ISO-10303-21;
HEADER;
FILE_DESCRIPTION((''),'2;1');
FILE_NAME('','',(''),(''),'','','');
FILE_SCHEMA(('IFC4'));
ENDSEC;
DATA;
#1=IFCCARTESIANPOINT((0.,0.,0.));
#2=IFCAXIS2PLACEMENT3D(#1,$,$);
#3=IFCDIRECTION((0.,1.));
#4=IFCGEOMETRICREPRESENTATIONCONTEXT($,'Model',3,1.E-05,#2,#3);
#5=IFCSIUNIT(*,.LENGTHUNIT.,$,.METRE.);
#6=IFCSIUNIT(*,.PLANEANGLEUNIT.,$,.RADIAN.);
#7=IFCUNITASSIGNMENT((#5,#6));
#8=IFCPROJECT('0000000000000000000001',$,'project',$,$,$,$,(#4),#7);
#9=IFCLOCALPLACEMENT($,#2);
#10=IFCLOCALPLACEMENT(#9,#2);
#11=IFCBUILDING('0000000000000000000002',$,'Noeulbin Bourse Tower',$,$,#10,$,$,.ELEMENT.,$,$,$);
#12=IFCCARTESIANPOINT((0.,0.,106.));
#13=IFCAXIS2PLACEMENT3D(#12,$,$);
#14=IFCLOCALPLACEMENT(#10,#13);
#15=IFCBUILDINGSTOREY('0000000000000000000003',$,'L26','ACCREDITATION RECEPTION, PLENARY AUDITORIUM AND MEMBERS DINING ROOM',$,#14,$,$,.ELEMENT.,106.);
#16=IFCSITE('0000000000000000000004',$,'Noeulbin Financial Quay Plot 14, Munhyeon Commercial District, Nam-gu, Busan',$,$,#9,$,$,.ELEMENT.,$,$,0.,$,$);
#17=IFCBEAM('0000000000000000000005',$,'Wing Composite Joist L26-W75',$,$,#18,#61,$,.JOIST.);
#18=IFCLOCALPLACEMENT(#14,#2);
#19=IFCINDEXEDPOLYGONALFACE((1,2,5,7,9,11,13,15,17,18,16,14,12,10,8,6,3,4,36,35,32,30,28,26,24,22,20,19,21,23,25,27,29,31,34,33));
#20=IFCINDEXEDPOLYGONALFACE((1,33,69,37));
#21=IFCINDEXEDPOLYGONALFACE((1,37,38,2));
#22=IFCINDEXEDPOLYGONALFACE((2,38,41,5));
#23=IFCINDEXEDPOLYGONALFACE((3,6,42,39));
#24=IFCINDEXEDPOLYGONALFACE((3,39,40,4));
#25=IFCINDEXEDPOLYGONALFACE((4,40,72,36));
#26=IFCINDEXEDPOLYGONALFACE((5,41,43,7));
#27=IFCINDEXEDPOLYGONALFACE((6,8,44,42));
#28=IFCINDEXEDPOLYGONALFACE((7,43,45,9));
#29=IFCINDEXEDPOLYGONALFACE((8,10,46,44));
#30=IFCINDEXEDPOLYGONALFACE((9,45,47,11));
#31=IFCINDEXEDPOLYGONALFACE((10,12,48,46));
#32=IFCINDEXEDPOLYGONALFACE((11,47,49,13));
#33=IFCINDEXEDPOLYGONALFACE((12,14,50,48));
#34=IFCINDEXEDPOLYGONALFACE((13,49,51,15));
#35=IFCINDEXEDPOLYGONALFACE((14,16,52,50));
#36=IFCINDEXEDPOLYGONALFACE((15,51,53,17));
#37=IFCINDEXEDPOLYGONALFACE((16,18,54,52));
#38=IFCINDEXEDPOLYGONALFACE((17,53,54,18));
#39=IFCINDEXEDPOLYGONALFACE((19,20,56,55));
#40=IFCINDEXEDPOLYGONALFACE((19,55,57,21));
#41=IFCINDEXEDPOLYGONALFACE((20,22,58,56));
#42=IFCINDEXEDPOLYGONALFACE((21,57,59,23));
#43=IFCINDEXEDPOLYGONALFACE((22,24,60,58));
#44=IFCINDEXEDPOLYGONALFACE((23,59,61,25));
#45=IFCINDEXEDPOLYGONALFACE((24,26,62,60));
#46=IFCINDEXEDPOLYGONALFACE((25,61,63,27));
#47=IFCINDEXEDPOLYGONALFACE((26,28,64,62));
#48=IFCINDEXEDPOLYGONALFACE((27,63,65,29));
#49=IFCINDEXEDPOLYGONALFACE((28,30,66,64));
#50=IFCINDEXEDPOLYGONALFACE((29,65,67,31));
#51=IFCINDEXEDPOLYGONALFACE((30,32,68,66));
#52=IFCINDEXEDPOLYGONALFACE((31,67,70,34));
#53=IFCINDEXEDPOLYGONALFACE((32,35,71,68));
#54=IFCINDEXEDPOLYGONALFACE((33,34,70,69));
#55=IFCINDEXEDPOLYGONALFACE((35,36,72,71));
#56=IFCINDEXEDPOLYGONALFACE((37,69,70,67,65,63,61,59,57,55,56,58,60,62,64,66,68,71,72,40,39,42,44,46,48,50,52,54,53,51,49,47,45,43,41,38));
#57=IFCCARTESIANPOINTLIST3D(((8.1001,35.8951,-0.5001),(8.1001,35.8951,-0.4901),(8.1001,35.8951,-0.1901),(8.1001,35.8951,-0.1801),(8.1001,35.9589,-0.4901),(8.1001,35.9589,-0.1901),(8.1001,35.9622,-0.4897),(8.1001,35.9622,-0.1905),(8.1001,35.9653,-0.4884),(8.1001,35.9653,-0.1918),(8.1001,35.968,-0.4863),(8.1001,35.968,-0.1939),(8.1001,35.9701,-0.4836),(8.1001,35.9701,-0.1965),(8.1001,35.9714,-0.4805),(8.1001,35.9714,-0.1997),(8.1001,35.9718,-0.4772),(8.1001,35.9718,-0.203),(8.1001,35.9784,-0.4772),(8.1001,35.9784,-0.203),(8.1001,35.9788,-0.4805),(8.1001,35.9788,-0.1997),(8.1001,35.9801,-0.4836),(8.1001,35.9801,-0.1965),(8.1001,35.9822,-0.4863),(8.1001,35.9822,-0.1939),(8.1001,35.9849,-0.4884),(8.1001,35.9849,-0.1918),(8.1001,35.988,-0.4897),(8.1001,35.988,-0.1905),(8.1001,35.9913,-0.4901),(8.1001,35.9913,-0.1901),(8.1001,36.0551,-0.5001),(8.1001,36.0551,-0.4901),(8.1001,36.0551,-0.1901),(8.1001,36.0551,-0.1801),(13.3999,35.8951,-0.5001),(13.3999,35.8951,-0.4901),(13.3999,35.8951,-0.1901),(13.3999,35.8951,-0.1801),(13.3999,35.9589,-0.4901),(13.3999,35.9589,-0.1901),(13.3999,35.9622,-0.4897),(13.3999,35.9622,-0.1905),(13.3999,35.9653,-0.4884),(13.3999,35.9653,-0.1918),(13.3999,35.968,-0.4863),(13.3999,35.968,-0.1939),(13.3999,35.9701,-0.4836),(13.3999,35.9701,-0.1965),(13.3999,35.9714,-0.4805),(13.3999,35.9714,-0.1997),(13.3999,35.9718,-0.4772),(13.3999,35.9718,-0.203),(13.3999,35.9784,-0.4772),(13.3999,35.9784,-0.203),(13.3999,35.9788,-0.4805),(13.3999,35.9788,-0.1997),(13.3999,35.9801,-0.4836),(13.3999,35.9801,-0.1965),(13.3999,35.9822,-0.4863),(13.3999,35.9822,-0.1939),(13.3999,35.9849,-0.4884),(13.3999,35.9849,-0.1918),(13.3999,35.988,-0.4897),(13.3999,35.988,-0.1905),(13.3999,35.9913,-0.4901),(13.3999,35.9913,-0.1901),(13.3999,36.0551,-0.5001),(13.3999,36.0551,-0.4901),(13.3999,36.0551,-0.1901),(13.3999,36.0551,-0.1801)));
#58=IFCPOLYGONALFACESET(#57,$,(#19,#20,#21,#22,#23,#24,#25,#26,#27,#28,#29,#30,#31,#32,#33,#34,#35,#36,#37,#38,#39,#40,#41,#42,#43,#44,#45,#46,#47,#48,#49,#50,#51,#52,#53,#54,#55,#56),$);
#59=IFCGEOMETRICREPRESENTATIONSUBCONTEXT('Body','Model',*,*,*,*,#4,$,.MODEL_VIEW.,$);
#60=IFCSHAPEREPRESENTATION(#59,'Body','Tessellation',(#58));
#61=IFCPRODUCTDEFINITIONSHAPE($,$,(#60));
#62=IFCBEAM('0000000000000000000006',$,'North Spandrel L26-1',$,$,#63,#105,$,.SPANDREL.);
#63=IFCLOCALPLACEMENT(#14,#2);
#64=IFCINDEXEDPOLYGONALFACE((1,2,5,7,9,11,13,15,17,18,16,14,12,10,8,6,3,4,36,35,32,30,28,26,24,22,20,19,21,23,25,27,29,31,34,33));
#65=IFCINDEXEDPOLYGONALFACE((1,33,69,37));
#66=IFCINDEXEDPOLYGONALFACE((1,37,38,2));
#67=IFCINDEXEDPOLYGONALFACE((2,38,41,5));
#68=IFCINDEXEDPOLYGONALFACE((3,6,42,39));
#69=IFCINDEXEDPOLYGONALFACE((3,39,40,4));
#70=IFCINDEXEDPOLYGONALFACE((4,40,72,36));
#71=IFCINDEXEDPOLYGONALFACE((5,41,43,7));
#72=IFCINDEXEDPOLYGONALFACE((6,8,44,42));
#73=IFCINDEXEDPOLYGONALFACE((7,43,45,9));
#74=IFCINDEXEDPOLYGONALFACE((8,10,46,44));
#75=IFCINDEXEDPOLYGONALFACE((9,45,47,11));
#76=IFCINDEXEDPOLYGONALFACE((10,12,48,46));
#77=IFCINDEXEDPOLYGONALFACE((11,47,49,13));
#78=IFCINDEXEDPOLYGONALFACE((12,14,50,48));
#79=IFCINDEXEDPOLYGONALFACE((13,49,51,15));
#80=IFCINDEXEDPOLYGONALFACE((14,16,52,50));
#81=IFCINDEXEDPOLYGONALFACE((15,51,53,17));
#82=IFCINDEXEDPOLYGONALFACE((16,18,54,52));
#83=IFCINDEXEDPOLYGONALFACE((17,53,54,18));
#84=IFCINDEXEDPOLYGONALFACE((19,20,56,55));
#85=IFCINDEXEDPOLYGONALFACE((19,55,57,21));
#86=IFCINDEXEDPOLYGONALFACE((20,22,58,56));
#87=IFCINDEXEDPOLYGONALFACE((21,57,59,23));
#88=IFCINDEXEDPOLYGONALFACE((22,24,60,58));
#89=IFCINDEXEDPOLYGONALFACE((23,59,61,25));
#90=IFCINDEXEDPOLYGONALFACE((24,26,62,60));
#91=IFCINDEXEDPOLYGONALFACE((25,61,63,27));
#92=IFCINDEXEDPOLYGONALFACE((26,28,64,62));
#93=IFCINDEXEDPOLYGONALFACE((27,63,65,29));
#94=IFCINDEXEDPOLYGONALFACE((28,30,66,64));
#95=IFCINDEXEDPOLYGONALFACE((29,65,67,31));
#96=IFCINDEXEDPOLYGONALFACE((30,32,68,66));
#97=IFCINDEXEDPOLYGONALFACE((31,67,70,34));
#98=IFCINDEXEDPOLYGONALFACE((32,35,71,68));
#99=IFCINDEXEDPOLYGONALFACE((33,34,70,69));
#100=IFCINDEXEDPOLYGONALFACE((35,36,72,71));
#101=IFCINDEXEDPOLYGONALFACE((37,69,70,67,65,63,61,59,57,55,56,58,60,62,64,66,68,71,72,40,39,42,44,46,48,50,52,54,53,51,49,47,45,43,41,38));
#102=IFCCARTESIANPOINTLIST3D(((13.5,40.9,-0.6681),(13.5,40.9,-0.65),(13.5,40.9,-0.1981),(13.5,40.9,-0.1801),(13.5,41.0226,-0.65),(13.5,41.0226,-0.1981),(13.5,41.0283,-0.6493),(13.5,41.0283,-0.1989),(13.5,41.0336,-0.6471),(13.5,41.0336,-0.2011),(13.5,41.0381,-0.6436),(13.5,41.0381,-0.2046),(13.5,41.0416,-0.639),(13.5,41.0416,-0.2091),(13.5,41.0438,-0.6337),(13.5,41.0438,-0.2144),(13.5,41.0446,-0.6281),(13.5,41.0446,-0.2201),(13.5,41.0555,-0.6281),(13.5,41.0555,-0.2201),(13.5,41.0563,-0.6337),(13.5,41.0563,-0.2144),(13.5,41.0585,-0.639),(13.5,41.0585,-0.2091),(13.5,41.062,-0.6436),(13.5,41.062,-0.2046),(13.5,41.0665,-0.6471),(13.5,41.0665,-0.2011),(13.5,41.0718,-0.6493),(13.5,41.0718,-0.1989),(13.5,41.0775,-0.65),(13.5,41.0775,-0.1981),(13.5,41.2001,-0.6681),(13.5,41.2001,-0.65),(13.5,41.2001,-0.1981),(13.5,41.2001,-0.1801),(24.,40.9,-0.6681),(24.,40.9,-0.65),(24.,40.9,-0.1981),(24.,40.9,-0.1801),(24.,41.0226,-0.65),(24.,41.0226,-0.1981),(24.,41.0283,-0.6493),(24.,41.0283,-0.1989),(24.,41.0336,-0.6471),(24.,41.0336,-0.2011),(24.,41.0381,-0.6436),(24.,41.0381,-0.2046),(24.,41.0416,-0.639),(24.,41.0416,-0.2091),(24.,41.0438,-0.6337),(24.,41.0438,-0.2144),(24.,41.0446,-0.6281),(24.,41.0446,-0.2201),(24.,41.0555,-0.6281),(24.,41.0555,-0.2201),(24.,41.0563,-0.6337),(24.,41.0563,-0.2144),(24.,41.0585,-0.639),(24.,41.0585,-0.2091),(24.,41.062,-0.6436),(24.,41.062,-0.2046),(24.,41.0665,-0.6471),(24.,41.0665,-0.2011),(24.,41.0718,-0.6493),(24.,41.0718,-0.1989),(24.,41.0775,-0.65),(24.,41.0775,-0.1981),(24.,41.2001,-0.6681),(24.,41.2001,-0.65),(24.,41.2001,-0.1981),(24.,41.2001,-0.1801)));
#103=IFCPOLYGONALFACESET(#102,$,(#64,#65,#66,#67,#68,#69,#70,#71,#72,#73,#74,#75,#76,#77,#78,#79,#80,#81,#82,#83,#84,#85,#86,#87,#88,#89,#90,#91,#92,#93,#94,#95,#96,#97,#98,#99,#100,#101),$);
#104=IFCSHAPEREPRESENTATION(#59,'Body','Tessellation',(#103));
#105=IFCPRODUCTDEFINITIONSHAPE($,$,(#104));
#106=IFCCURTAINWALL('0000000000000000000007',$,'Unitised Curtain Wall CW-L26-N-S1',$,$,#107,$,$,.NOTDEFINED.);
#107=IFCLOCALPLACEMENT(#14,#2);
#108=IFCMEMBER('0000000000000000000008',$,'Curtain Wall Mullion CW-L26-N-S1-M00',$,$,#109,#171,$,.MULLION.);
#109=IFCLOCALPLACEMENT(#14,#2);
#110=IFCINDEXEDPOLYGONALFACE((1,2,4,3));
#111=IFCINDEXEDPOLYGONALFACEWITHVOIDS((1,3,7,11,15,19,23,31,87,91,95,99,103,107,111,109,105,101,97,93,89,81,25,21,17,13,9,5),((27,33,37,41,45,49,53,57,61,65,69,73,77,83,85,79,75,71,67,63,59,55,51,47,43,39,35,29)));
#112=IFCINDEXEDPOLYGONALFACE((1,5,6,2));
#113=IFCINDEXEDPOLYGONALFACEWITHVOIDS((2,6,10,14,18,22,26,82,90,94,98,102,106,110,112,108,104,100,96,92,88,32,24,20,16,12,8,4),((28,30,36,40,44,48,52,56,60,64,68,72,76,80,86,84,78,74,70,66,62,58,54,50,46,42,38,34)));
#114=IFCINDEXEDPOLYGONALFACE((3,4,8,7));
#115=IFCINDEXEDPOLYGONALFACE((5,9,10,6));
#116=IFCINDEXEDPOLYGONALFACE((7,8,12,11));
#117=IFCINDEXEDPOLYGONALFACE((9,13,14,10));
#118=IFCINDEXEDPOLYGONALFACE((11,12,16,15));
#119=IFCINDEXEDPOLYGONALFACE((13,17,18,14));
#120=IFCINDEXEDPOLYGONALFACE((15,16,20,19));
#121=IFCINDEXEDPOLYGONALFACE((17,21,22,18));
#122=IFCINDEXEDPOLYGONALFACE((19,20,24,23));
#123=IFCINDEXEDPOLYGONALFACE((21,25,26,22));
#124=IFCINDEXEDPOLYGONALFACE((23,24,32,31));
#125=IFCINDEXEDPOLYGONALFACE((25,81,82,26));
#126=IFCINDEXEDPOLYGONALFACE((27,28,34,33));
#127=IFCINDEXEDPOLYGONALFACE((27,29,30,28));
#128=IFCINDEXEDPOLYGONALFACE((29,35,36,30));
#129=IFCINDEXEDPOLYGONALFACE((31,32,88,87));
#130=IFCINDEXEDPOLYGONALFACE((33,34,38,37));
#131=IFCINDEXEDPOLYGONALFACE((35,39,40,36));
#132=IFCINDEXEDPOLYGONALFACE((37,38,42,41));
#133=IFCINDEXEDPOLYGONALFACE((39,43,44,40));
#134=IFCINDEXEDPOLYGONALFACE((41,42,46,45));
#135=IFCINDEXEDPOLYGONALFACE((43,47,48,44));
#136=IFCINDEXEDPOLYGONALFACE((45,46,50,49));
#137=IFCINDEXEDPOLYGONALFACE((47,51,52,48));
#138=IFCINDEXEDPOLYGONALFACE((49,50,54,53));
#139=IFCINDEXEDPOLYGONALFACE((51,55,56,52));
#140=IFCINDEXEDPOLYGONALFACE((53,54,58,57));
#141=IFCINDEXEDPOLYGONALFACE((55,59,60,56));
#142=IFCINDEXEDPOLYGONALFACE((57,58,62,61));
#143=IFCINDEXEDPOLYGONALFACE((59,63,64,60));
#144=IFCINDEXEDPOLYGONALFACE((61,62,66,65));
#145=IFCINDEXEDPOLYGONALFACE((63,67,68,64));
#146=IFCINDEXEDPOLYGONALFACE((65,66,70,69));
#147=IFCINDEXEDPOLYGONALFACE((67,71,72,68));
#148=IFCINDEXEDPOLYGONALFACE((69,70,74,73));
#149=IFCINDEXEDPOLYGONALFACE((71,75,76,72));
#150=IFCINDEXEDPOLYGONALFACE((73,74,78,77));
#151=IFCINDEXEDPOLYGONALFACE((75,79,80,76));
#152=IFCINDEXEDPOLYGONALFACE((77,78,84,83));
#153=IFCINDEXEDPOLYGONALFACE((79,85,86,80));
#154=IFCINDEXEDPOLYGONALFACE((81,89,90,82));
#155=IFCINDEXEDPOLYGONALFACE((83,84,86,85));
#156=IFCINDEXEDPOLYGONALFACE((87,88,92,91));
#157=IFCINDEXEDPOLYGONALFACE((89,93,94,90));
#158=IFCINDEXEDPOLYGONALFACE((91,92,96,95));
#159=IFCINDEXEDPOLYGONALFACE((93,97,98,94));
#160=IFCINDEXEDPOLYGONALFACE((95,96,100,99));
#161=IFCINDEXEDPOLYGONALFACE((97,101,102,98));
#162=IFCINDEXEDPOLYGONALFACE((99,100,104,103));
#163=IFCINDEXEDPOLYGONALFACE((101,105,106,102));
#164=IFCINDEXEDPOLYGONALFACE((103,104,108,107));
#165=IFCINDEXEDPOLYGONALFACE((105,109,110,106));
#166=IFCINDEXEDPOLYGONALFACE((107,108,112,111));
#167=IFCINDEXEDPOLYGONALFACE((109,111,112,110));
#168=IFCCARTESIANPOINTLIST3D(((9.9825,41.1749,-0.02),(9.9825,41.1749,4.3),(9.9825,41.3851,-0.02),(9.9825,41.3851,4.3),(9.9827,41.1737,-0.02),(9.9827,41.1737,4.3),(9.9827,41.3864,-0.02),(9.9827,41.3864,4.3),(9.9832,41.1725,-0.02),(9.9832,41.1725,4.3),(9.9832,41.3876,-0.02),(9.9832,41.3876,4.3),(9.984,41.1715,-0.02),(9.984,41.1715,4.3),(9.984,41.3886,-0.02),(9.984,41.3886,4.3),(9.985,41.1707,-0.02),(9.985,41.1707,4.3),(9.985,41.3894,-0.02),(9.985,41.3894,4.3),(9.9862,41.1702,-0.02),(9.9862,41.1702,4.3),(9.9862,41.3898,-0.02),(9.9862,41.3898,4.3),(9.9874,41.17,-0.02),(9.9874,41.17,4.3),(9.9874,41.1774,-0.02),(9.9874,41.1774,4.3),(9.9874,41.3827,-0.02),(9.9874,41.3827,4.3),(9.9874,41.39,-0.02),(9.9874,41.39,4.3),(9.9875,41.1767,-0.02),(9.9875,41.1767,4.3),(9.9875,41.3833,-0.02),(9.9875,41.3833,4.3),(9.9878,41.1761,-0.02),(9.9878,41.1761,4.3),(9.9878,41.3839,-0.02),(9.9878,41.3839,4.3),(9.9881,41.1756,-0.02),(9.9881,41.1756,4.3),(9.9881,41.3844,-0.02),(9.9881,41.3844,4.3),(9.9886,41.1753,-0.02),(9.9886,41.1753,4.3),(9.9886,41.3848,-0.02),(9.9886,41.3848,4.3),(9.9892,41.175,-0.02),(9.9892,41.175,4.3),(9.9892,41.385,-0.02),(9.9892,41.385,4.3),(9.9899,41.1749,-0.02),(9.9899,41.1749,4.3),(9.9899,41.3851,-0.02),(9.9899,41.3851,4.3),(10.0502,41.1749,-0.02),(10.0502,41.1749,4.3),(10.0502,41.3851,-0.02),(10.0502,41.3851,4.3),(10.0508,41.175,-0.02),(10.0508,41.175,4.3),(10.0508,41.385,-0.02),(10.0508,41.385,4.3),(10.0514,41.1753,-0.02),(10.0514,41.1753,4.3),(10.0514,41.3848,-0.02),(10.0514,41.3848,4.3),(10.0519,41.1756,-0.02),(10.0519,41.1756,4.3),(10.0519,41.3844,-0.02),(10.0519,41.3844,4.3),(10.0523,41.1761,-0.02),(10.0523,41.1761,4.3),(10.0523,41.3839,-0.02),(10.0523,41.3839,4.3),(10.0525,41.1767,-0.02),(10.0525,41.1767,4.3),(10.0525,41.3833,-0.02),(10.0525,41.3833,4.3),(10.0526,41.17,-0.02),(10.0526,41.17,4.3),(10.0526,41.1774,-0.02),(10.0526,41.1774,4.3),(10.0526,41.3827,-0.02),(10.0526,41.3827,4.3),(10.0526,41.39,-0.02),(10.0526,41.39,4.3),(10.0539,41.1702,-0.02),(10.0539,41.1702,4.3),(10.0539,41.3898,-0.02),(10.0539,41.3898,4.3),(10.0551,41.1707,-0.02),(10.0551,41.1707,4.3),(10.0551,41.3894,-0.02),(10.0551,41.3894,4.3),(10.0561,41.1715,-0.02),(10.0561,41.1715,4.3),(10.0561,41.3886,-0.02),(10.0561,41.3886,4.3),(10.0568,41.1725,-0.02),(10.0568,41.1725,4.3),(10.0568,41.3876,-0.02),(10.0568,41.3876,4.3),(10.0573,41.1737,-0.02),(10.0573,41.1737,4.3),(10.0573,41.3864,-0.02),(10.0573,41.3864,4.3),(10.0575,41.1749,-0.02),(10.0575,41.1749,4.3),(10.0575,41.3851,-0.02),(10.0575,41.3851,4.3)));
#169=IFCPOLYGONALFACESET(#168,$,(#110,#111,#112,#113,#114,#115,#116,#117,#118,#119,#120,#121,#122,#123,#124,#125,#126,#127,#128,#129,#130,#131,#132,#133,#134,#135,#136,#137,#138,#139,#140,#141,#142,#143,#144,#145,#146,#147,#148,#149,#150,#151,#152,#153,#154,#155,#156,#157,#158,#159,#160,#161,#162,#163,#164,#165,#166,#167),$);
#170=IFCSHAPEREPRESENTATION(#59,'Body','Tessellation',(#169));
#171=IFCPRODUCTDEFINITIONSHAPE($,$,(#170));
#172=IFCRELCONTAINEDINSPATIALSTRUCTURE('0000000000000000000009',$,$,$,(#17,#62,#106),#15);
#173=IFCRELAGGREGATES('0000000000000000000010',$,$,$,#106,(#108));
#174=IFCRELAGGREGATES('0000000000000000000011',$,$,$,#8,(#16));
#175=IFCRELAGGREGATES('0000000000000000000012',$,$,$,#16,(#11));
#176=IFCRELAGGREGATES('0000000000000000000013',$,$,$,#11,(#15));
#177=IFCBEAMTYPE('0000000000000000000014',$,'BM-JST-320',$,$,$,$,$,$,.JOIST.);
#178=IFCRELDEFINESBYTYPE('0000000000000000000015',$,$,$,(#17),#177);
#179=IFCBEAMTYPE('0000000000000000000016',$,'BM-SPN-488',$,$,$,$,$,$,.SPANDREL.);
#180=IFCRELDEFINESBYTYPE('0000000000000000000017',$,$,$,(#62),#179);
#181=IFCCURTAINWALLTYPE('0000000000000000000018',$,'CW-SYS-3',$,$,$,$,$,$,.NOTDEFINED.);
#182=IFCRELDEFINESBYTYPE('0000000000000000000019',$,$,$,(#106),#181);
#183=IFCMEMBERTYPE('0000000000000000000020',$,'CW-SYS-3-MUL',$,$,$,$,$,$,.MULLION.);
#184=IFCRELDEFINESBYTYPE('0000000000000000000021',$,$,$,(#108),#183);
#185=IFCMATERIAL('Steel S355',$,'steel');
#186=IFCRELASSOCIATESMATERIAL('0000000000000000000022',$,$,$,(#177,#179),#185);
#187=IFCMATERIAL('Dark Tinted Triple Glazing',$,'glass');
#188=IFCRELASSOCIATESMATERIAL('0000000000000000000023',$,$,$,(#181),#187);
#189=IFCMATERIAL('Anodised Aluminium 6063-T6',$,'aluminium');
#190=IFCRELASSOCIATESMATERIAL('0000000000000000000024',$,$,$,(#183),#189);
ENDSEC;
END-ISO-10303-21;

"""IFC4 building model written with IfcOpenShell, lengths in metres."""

from ifc_helpers import new_model, si_unit, direction, frame, origin, origin_2d, place, context, subcontext, project, spatial, hollow_rectangle, i_section, extrude, material, material_profile, profile_set, type_object, element, aggregate, save


model = new_model("IFC4")

# Units and contexts
model_context = context("Model", 3, precision=1e-05, world=origin(), true_north=direction((0.0, 1.0)))
body_context = subcontext(model_context, "Body", "Model", "MODEL_VIEW")
ifc_project = project(units=[si_unit("LENGTHUNIT", "METRE"), si_unit("PLANEANGLEUNIT", "RADIAN")], contexts=[model_context])

# Site, building, storey
site_placement = place(None, origin())
site = spatial("IfcSite", under=ifc_project, at=site_placement, Name="Noeulbin Financial Quay Plot 14, Munhyeon Commercial District, Nam-gu, Busan", CompositionType="ELEMENT", RefElevation=0.0)
building_placement = place(site_placement, origin())
building = spatial("IfcBuilding", under=site, at=building_placement, Name="Noeulbin Bourse Tower", CompositionType="ELEMENT")
storey_placement = place(building_placement, frame((0.0, 0.0, 106.0)))
storey = spatial("IfcBuildingStorey", under=building, at=storey_placement, Name="L26", Description="ACCREDITATION RECEPTION, PLENARY AUDITORIUM AND MEMBERS DINING ROOM", CompositionType="ELEMENT", Elevation=106.0)

# Shared definitions
ifc_material_1 = material(Name="Steel S355", Category="steel")

# Beams
ifc_material_profile_1 = material_profile(ifc_material_1, i_section(OverallWidth=0.1599, OverallDepth=0.3201, WebThickness=0.0066, FlangeThickness=0.01, FilletRadius=0.0129, at=origin_2d()), Name="H-320x160x6.5x10", Category="LoadBearing")
ifc_profile_set_1 = profile_set([ifc_material_profile_1], Name="Steel S355")
beam_type_1 = type_object("IfcBeamType", Name="BM-JST-320", PredefinedType="JOIST", material=ifc_profile_set_1)
beam_1_placement = place(storey_placement, frame((8.1001, 35.9751, -0.3401), z_axis=(1.0, 0.0, 0.0), x_axis=(0.0, 1.0, 0.0)))
element("IfcBeam", 1, at=beam_1_placement, inside=storey, type_object=beam_type_1, Name="Wing Composite Joist L26-W75", PredefinedType="JOIST", context=body_context, shape_type="SweptSolid", body=[
    extrude(i_section(OverallWidth=0.1599, OverallDepth=0.3201, WebThickness=0.0066, FlangeThickness=0.01, FilletRadius=0.0129, at=origin_2d()), origin(), (0.0, 0.0, 1.0), 5.2998),
])
ifc_material_profile_2 = material_profile(ifc_material_1, i_section(OverallWidth=0.3, OverallDepth=0.488, WebThickness=0.011, FlangeThickness=0.0181, FilletRadius=0.022, at=origin_2d()), Name="H-488x300x11x18", Category="LoadBearing")
ifc_profile_set_2 = profile_set([ifc_material_profile_2], Name="Steel S355")
beam_type_2 = type_object("IfcBeamType", Name="BM-SPN-488", PredefinedType="SPANDREL", material=ifc_profile_set_2)
beam_2_placement = place(storey_placement, frame((13.5, 41.05, -0.4241), z_axis=(1.0, 0.0, 0.0), x_axis=(0.0, 1.0, 0.0)))
element("IfcBeam", 2, at=beam_2_placement, inside=storey, type_object=beam_type_2, Name="North Spandrel L26-1", PredefinedType="SPANDREL", context=body_context, shape_type="SweptSolid", body=[
    extrude(i_section(OverallWidth=0.3, OverallDepth=0.488, WebThickness=0.011, FlangeThickness=0.0181, FilletRadius=0.022, at=origin_2d()), origin(), (0.0, 0.0, 1.0), 10.5),
])

# Curtain wall, member
ifc_material_2 = material(Name="Dark Tinted Triple Glazing", Category="glass")
curtain_wall_type = type_object("IfcCurtainWallType", Name="CW-SYS-3", PredefinedType="NOTDEFINED", material=ifc_material_2)
curtain_wall_1_placement = place(storey_placement, origin())
curtain_wall_1 = element("IfcCurtainWall", 3, at=curtain_wall_1_placement, inside=storey, type_object=curtain_wall_type, Name="Unitised Curtain Wall CW-L26-N-S1", PredefinedType="NOTDEFINED")
ifc_material_3 = material(Name="Anodised Aluminium 6063-T6", Category="aluminium")
ifc_material_profile_3 = material_profile(ifc_material_3, hollow_rectangle(XDim=0.075, YDim=0.22, WallThickness=0.0049, InnerFilletRadius=0.0024, OuterFilletRadius=0.0049, at=origin_2d()), Name="ALU-MULL-75x220x5", Category="LoadBearing")
ifc_profile_set_3 = profile_set([ifc_material_profile_3], Name="Anodised Aluminium 6063-T6")
member_type_1 = type_object("IfcMemberType", Name="CW-SYS-3-MUL", PredefinedType="MULLION", material=ifc_profile_set_3)
member_1_placement = place(storey_placement, frame((10.02, 41.28, -0.02), z_axis=(0.0, 0.0, 1.0), x_axis=(1.0, 0.0, 0.0)))
member_1 = element("IfcMember", 4, at=member_1_placement, type_object=member_type_1, Name="Curtain Wall Mullion CW-L26-N-S1-M00", PredefinedType="MULLION", context=body_context, shape_type="SweptSolid", body=[
    extrude(hollow_rectangle(XDim=0.075, YDim=0.22, WallThickness=0.0049, InnerFilletRadius=0.0024, OuterFilletRadius=0.0049, at=origin_2d()), origin(), (0.0, 0.0, 1.0), 4.3201),
])

aggregate(curtain_wall_1, [member_1])

save(model, "model.ifc")
